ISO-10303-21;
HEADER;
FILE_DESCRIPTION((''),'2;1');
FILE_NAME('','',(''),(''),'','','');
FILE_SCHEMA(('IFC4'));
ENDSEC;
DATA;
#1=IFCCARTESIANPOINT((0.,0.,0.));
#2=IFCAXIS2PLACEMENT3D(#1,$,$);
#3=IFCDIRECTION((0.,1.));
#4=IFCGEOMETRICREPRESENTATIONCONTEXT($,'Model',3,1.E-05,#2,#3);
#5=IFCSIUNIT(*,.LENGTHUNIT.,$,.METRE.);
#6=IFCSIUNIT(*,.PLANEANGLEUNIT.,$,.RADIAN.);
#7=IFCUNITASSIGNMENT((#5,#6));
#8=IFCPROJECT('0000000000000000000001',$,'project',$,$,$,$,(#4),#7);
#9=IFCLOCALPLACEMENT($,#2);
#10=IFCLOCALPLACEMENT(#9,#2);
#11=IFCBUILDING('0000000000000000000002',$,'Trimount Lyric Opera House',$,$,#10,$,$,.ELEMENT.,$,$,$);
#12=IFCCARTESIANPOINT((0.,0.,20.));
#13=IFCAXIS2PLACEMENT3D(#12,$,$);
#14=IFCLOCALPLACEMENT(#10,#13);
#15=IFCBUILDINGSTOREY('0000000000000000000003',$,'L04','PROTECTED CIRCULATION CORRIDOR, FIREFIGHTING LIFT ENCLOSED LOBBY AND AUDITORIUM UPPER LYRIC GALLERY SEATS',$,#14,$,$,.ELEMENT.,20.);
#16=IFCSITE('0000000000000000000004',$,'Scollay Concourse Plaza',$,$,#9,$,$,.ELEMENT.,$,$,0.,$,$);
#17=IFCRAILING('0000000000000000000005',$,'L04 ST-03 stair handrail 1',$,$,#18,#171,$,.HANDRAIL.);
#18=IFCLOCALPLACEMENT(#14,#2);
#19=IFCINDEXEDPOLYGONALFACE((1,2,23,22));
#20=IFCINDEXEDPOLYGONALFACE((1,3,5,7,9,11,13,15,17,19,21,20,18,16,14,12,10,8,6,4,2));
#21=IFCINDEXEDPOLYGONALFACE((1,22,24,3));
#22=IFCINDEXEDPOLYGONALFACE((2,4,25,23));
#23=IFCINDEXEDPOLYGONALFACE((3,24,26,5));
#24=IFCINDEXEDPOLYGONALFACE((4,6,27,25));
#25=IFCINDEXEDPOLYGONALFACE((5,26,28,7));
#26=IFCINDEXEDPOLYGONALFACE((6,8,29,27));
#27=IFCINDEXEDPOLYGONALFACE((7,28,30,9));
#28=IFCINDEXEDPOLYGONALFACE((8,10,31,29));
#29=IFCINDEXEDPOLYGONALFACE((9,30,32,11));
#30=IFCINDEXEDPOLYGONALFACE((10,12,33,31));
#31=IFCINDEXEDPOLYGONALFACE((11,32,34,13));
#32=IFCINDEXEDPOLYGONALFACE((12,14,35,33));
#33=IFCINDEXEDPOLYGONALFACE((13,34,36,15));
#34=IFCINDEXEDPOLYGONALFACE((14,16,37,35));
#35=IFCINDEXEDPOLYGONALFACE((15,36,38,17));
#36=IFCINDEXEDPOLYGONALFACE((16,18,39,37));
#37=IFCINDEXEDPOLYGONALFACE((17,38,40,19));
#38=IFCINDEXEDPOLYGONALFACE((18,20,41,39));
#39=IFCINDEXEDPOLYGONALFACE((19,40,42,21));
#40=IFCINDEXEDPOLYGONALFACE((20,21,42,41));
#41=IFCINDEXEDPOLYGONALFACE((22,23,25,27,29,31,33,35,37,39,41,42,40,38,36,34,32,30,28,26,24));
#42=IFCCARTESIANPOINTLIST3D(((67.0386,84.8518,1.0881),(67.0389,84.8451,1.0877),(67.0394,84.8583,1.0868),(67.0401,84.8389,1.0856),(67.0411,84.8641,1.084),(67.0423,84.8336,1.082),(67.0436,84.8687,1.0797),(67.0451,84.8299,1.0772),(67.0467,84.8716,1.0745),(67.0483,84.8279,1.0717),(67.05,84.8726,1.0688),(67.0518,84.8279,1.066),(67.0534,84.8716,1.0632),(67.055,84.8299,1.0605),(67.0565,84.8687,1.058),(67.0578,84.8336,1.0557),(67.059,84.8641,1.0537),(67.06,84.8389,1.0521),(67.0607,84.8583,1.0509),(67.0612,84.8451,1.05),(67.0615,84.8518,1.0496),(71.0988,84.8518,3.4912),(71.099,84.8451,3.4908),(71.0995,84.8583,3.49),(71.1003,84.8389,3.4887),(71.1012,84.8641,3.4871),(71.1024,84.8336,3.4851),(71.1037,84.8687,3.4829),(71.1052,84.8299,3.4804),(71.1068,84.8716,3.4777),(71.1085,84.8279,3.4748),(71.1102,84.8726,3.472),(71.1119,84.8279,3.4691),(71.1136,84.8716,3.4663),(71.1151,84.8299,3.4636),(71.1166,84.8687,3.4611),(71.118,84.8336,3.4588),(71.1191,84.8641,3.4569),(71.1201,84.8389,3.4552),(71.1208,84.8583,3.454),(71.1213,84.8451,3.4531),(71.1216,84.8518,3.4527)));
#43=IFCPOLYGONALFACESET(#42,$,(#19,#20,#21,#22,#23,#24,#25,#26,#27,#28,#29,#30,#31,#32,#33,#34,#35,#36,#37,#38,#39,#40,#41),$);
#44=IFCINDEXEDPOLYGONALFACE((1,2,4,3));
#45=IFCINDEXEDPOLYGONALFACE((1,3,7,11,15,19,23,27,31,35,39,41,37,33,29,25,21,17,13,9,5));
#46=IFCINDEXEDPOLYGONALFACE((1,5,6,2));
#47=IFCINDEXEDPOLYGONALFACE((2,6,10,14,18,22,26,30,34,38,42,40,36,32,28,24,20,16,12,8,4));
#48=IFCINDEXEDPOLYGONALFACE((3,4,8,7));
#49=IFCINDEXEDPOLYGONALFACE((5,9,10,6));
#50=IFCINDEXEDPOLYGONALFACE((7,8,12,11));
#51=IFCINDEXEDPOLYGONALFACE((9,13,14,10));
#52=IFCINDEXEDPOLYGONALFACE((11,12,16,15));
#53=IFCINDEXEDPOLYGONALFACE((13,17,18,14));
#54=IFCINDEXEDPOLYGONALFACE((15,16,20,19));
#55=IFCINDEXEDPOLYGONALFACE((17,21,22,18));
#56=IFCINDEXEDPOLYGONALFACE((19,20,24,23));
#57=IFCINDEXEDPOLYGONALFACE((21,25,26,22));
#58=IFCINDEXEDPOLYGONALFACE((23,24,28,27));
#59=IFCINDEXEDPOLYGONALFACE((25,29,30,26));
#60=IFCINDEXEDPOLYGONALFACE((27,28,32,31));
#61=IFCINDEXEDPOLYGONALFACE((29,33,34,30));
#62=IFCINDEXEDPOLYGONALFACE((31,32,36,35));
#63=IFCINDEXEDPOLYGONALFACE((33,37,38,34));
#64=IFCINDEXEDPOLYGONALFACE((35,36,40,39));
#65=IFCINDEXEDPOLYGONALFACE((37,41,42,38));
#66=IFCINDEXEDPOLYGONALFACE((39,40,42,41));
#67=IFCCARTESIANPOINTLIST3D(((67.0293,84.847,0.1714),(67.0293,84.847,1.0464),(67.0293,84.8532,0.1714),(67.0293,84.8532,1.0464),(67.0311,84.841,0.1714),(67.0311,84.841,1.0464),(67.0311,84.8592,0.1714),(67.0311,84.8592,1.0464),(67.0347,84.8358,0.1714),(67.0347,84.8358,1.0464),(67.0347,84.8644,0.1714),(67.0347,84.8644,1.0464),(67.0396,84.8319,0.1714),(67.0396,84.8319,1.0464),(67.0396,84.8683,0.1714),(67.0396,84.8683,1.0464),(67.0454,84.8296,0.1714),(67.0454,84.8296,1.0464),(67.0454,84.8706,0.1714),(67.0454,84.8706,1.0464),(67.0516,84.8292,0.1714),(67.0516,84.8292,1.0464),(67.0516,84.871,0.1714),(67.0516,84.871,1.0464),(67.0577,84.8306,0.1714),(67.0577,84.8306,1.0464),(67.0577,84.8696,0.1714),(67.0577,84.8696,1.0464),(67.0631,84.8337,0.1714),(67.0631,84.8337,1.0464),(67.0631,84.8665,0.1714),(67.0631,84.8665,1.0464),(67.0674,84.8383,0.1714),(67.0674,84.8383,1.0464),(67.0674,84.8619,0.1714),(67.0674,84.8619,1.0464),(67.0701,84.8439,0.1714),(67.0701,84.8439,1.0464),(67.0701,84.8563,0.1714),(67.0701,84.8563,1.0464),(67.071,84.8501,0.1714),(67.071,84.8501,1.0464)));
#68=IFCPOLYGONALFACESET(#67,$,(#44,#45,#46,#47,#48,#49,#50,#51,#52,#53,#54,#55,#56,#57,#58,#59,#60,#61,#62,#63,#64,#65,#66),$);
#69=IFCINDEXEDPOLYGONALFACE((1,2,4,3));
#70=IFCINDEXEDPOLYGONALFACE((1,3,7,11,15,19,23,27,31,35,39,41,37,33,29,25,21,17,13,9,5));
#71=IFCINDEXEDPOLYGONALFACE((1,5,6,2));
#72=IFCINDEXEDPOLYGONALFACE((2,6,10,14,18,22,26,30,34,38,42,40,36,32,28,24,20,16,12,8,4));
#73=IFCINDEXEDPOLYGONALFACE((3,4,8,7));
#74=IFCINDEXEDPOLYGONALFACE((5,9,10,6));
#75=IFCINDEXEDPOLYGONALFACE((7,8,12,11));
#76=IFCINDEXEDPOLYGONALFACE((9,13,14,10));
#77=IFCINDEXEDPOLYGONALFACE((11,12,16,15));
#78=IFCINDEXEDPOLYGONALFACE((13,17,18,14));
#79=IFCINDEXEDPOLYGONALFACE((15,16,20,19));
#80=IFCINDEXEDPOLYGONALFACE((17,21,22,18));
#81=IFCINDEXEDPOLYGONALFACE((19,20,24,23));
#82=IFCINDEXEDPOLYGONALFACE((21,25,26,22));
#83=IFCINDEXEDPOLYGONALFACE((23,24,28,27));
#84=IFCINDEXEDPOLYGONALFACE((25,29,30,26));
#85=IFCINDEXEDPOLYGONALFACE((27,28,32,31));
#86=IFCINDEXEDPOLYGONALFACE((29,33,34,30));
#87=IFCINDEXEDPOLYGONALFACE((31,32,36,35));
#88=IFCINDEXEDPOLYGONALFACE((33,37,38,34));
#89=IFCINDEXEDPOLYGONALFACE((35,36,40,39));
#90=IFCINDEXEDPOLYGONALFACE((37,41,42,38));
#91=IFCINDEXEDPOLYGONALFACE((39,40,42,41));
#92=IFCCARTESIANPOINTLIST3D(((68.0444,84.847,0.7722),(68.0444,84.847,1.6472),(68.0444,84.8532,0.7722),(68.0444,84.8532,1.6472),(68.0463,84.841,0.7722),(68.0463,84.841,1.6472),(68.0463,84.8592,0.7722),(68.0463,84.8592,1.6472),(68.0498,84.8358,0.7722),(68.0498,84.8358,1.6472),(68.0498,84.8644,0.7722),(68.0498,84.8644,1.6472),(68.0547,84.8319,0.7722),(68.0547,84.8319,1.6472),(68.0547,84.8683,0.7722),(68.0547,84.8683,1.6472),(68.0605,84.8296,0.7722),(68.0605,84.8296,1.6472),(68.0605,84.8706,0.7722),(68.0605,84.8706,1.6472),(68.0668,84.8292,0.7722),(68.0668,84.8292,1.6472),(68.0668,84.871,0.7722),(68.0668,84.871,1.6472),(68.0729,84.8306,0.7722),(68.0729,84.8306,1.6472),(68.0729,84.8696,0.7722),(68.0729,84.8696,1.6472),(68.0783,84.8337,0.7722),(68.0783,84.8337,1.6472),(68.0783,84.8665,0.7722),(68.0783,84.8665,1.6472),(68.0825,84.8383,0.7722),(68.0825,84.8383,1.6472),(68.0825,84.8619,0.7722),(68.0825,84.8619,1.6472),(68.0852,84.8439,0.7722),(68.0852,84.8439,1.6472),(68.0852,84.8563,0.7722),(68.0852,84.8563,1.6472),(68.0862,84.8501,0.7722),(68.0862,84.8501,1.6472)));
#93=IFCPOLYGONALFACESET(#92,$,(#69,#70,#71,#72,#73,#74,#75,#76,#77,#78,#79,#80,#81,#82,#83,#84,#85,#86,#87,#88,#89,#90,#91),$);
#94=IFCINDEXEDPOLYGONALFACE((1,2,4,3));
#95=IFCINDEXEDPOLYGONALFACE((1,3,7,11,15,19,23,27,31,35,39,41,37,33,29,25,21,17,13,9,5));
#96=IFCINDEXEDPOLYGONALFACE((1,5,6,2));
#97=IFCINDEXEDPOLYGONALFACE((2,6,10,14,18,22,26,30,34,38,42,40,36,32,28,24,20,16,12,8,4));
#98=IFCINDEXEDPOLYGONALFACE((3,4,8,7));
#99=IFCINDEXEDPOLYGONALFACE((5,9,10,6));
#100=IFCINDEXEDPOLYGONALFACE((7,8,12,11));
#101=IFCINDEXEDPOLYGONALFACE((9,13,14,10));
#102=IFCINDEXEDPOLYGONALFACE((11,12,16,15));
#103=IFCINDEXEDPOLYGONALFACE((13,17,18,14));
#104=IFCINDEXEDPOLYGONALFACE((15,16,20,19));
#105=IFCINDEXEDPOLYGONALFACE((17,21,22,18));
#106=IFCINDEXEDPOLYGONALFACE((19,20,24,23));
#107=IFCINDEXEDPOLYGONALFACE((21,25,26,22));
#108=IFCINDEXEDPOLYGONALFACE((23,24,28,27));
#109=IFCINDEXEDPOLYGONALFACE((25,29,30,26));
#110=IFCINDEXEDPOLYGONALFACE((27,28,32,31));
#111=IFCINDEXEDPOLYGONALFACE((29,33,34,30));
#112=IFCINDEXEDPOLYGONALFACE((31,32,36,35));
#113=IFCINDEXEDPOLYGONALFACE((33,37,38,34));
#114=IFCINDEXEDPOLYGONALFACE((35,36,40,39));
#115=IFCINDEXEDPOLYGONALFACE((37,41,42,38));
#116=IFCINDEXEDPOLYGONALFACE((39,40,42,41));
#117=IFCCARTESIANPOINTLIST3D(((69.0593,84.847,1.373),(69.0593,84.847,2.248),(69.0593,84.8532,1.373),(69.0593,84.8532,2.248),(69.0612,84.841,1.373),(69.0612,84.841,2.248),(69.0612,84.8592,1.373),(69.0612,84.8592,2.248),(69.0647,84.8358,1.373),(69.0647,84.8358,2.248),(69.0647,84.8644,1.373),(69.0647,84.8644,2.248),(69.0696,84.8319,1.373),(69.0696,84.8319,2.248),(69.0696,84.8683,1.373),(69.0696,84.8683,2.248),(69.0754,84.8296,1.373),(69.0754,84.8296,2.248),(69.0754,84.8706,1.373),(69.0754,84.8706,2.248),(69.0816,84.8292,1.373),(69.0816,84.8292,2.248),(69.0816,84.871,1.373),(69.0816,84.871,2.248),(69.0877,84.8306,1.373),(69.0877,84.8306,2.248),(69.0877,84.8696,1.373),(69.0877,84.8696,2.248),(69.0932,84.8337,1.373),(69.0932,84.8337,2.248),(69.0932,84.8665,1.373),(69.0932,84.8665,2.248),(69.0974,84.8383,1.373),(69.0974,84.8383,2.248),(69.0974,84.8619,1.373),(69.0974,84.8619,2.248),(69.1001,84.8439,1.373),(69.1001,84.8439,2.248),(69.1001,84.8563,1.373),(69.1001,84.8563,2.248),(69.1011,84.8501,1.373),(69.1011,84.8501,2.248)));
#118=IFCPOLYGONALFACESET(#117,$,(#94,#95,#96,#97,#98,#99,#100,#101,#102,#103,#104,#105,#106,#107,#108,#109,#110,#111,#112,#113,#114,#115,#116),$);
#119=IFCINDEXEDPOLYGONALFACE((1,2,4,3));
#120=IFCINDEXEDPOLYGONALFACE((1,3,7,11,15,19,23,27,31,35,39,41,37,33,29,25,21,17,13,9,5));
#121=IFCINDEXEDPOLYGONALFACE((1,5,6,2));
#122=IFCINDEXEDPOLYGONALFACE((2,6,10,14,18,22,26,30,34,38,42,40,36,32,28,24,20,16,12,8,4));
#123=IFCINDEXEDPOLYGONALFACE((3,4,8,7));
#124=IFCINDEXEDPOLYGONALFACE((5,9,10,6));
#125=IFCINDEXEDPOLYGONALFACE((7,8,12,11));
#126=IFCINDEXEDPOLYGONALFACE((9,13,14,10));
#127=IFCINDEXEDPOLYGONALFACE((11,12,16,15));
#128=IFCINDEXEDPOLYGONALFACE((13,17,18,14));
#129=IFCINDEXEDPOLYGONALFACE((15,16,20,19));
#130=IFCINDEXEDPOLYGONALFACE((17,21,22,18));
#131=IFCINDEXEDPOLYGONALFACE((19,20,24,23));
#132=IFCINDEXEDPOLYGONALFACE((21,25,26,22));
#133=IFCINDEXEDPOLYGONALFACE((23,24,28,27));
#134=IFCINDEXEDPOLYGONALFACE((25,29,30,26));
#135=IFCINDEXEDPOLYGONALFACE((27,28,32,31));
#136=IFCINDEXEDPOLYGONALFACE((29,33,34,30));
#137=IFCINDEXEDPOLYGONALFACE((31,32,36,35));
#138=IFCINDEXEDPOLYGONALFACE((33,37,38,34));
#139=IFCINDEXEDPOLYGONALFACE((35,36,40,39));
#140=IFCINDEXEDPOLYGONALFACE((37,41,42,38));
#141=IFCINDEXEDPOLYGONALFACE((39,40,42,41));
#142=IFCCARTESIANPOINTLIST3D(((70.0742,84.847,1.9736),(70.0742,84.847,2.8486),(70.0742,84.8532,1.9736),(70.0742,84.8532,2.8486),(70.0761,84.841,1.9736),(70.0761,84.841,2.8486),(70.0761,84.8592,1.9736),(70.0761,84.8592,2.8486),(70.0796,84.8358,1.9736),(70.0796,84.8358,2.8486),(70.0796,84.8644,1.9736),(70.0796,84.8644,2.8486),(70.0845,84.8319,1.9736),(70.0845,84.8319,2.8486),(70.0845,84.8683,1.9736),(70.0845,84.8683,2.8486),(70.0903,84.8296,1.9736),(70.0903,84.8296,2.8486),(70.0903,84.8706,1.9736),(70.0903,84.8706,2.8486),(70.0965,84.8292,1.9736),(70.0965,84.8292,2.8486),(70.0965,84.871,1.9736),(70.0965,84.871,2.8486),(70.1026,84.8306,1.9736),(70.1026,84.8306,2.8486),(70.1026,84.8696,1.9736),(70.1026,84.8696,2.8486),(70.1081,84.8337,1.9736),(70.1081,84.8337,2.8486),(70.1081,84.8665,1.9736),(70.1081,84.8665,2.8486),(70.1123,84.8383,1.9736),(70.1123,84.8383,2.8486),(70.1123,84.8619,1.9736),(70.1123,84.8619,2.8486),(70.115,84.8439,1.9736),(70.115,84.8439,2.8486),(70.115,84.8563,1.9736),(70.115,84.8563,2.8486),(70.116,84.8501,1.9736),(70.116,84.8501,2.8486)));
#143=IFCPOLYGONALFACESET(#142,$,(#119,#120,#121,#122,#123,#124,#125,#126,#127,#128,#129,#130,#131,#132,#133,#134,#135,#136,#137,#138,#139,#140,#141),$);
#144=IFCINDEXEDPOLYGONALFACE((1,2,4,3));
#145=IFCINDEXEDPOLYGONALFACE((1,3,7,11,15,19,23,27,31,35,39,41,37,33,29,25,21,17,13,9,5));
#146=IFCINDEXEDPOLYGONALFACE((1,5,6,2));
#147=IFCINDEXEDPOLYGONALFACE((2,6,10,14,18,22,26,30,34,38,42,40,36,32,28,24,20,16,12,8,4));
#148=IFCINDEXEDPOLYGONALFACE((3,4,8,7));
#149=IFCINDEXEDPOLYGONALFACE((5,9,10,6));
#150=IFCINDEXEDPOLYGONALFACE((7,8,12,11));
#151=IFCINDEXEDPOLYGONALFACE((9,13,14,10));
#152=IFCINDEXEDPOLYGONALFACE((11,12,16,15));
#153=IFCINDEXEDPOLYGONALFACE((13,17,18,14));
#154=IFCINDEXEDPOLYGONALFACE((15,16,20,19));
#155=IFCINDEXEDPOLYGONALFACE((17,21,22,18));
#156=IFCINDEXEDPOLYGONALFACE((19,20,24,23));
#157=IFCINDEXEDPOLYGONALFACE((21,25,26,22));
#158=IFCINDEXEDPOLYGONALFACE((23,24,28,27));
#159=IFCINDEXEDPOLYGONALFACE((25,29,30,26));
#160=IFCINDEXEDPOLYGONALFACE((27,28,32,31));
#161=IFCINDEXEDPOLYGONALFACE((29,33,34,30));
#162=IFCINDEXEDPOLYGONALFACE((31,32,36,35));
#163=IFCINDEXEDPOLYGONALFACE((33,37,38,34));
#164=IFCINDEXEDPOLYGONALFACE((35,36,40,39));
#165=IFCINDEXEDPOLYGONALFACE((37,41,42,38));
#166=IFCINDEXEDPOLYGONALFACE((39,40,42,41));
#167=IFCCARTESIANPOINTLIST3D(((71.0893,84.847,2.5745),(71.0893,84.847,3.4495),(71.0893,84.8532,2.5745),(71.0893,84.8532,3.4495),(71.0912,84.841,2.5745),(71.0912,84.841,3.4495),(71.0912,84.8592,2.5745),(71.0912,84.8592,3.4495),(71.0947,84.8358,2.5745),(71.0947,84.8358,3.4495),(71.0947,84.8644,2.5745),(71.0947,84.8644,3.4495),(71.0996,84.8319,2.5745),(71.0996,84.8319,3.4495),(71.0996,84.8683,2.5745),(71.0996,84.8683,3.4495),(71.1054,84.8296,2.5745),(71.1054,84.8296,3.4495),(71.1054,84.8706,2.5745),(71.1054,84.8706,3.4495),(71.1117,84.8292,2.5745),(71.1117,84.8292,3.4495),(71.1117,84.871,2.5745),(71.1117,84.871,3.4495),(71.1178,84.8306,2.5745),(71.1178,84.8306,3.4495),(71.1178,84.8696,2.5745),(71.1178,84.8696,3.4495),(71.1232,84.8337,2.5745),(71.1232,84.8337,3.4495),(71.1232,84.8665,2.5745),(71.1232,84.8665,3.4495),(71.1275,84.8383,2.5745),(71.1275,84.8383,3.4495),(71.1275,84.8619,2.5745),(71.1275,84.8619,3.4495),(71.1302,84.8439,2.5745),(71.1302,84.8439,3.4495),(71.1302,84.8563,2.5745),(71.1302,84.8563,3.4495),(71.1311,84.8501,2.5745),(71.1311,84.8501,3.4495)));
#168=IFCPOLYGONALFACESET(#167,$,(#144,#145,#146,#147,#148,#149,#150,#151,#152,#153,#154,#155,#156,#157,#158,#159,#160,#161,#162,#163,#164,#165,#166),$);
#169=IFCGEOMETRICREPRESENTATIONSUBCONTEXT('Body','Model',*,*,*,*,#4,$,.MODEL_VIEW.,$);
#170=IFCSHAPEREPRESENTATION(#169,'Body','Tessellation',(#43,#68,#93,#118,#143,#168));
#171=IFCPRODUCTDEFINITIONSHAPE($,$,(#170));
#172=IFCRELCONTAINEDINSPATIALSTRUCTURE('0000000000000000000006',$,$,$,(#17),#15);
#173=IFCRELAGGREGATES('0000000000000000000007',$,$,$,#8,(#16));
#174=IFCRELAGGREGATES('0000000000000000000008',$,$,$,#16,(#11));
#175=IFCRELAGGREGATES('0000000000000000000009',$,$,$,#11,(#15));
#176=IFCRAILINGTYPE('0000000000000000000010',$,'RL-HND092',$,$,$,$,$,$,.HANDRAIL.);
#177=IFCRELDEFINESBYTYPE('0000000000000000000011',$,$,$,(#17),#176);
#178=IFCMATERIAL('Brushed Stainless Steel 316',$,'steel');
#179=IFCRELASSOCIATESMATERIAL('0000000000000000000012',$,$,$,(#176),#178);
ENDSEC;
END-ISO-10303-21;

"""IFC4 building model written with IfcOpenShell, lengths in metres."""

from ifc_helpers import new_model, si_unit, direction, frame, origin, origin_2d, place, context, subcontext, project, spatial, circle, extrude, material, type_object, element, save


model = new_model("IFC4")

# Units and contexts
model_context = context("Model", 3, precision=1e-05, world=origin(), true_north=direction((0.0, 1.0)))
body_context = subcontext(model_context, "Body", "Model", "MODEL_VIEW")
ifc_project = project(units=[si_unit("LENGTHUNIT", "METRE"), si_unit("PLANEANGLEUNIT", "RADIAN")], contexts=[model_context])

# Site, building, storey
site_placement = place(None, origin())
site = spatial("IfcSite", under=ifc_project, at=site_placement, Name="Scollay Concourse Plaza", CompositionType="ELEMENT", RefElevation=0.0)
building_placement = place(site_placement, origin())
building = spatial("IfcBuilding", under=site, at=building_placement, Name="Trimount Lyric Opera House", CompositionType="ELEMENT")
storey_placement = place(building_placement, frame((0.0, 0.0, 20.0)))
storey = spatial("IfcBuildingStorey", under=building, at=storey_placement, Name="L04", Description="PROTECTED CIRCULATION CORRIDOR, FIREFIGHTING LIFT ENCLOSED LOBBY AND AUDITORIUM UPPER LYRIC GALLERY SEATS", CompositionType="ELEMENT", Elevation=20.0)

# Railing
ifc_material_1 = material(Name="Brushed Stainless Steel 316", Category="steel")
railing_type_1 = type_object("IfcRailingType", Name="RL-HND092", PredefinedType="HANDRAIL", material=ifc_material_1)
railing_1_placement = place(storey_placement, frame((67.05, 84.8501, 0.1714)))
element("IfcRailing", 1, at=railing_1_placement, inside=storey, type_object=railing_type_1, Name="L04 ST-03 stair handrail 1", PredefinedType="HANDRAIL", context=body_context, shape_type="SweptSolid", body=[
    extrude(circle(Radius=0.0225, at=origin_2d()), frame((0.0, 0.0, 0.8975), z_axis=(0.86056, 0.0, 0.50935), x_axis=(0.0, 1.0, 0.0)), (0.0, 0.0, 1.0), 4.718),
    extrude(circle(Radius=0.021, at=origin_2d()), origin(), (0.0, 0.0, 1.0), 0.875),
    extrude(circle(Radius=0.021, at=origin_2d()), frame((1.0151, 0.0, 0.6008)), (0.0, 0.0, 1.0), 0.875),
    extrude(circle(Radius=0.021, at=origin_2d()), frame((2.03, 0.0, 1.2017)), (0.0, 0.0, 1.0), 0.875),
    extrude(circle(Radius=0.021, at=origin_2d()), frame((3.0449, 0.0, 1.8022)), (0.0, 0.0, 1.0), 0.875),
    extrude(circle(Radius=0.021, at=origin_2d()), frame((4.0601, 0.0, 2.4031)), (0.0, 0.0, 1.0), 0.875),
])

save(model, "model.ifc")
